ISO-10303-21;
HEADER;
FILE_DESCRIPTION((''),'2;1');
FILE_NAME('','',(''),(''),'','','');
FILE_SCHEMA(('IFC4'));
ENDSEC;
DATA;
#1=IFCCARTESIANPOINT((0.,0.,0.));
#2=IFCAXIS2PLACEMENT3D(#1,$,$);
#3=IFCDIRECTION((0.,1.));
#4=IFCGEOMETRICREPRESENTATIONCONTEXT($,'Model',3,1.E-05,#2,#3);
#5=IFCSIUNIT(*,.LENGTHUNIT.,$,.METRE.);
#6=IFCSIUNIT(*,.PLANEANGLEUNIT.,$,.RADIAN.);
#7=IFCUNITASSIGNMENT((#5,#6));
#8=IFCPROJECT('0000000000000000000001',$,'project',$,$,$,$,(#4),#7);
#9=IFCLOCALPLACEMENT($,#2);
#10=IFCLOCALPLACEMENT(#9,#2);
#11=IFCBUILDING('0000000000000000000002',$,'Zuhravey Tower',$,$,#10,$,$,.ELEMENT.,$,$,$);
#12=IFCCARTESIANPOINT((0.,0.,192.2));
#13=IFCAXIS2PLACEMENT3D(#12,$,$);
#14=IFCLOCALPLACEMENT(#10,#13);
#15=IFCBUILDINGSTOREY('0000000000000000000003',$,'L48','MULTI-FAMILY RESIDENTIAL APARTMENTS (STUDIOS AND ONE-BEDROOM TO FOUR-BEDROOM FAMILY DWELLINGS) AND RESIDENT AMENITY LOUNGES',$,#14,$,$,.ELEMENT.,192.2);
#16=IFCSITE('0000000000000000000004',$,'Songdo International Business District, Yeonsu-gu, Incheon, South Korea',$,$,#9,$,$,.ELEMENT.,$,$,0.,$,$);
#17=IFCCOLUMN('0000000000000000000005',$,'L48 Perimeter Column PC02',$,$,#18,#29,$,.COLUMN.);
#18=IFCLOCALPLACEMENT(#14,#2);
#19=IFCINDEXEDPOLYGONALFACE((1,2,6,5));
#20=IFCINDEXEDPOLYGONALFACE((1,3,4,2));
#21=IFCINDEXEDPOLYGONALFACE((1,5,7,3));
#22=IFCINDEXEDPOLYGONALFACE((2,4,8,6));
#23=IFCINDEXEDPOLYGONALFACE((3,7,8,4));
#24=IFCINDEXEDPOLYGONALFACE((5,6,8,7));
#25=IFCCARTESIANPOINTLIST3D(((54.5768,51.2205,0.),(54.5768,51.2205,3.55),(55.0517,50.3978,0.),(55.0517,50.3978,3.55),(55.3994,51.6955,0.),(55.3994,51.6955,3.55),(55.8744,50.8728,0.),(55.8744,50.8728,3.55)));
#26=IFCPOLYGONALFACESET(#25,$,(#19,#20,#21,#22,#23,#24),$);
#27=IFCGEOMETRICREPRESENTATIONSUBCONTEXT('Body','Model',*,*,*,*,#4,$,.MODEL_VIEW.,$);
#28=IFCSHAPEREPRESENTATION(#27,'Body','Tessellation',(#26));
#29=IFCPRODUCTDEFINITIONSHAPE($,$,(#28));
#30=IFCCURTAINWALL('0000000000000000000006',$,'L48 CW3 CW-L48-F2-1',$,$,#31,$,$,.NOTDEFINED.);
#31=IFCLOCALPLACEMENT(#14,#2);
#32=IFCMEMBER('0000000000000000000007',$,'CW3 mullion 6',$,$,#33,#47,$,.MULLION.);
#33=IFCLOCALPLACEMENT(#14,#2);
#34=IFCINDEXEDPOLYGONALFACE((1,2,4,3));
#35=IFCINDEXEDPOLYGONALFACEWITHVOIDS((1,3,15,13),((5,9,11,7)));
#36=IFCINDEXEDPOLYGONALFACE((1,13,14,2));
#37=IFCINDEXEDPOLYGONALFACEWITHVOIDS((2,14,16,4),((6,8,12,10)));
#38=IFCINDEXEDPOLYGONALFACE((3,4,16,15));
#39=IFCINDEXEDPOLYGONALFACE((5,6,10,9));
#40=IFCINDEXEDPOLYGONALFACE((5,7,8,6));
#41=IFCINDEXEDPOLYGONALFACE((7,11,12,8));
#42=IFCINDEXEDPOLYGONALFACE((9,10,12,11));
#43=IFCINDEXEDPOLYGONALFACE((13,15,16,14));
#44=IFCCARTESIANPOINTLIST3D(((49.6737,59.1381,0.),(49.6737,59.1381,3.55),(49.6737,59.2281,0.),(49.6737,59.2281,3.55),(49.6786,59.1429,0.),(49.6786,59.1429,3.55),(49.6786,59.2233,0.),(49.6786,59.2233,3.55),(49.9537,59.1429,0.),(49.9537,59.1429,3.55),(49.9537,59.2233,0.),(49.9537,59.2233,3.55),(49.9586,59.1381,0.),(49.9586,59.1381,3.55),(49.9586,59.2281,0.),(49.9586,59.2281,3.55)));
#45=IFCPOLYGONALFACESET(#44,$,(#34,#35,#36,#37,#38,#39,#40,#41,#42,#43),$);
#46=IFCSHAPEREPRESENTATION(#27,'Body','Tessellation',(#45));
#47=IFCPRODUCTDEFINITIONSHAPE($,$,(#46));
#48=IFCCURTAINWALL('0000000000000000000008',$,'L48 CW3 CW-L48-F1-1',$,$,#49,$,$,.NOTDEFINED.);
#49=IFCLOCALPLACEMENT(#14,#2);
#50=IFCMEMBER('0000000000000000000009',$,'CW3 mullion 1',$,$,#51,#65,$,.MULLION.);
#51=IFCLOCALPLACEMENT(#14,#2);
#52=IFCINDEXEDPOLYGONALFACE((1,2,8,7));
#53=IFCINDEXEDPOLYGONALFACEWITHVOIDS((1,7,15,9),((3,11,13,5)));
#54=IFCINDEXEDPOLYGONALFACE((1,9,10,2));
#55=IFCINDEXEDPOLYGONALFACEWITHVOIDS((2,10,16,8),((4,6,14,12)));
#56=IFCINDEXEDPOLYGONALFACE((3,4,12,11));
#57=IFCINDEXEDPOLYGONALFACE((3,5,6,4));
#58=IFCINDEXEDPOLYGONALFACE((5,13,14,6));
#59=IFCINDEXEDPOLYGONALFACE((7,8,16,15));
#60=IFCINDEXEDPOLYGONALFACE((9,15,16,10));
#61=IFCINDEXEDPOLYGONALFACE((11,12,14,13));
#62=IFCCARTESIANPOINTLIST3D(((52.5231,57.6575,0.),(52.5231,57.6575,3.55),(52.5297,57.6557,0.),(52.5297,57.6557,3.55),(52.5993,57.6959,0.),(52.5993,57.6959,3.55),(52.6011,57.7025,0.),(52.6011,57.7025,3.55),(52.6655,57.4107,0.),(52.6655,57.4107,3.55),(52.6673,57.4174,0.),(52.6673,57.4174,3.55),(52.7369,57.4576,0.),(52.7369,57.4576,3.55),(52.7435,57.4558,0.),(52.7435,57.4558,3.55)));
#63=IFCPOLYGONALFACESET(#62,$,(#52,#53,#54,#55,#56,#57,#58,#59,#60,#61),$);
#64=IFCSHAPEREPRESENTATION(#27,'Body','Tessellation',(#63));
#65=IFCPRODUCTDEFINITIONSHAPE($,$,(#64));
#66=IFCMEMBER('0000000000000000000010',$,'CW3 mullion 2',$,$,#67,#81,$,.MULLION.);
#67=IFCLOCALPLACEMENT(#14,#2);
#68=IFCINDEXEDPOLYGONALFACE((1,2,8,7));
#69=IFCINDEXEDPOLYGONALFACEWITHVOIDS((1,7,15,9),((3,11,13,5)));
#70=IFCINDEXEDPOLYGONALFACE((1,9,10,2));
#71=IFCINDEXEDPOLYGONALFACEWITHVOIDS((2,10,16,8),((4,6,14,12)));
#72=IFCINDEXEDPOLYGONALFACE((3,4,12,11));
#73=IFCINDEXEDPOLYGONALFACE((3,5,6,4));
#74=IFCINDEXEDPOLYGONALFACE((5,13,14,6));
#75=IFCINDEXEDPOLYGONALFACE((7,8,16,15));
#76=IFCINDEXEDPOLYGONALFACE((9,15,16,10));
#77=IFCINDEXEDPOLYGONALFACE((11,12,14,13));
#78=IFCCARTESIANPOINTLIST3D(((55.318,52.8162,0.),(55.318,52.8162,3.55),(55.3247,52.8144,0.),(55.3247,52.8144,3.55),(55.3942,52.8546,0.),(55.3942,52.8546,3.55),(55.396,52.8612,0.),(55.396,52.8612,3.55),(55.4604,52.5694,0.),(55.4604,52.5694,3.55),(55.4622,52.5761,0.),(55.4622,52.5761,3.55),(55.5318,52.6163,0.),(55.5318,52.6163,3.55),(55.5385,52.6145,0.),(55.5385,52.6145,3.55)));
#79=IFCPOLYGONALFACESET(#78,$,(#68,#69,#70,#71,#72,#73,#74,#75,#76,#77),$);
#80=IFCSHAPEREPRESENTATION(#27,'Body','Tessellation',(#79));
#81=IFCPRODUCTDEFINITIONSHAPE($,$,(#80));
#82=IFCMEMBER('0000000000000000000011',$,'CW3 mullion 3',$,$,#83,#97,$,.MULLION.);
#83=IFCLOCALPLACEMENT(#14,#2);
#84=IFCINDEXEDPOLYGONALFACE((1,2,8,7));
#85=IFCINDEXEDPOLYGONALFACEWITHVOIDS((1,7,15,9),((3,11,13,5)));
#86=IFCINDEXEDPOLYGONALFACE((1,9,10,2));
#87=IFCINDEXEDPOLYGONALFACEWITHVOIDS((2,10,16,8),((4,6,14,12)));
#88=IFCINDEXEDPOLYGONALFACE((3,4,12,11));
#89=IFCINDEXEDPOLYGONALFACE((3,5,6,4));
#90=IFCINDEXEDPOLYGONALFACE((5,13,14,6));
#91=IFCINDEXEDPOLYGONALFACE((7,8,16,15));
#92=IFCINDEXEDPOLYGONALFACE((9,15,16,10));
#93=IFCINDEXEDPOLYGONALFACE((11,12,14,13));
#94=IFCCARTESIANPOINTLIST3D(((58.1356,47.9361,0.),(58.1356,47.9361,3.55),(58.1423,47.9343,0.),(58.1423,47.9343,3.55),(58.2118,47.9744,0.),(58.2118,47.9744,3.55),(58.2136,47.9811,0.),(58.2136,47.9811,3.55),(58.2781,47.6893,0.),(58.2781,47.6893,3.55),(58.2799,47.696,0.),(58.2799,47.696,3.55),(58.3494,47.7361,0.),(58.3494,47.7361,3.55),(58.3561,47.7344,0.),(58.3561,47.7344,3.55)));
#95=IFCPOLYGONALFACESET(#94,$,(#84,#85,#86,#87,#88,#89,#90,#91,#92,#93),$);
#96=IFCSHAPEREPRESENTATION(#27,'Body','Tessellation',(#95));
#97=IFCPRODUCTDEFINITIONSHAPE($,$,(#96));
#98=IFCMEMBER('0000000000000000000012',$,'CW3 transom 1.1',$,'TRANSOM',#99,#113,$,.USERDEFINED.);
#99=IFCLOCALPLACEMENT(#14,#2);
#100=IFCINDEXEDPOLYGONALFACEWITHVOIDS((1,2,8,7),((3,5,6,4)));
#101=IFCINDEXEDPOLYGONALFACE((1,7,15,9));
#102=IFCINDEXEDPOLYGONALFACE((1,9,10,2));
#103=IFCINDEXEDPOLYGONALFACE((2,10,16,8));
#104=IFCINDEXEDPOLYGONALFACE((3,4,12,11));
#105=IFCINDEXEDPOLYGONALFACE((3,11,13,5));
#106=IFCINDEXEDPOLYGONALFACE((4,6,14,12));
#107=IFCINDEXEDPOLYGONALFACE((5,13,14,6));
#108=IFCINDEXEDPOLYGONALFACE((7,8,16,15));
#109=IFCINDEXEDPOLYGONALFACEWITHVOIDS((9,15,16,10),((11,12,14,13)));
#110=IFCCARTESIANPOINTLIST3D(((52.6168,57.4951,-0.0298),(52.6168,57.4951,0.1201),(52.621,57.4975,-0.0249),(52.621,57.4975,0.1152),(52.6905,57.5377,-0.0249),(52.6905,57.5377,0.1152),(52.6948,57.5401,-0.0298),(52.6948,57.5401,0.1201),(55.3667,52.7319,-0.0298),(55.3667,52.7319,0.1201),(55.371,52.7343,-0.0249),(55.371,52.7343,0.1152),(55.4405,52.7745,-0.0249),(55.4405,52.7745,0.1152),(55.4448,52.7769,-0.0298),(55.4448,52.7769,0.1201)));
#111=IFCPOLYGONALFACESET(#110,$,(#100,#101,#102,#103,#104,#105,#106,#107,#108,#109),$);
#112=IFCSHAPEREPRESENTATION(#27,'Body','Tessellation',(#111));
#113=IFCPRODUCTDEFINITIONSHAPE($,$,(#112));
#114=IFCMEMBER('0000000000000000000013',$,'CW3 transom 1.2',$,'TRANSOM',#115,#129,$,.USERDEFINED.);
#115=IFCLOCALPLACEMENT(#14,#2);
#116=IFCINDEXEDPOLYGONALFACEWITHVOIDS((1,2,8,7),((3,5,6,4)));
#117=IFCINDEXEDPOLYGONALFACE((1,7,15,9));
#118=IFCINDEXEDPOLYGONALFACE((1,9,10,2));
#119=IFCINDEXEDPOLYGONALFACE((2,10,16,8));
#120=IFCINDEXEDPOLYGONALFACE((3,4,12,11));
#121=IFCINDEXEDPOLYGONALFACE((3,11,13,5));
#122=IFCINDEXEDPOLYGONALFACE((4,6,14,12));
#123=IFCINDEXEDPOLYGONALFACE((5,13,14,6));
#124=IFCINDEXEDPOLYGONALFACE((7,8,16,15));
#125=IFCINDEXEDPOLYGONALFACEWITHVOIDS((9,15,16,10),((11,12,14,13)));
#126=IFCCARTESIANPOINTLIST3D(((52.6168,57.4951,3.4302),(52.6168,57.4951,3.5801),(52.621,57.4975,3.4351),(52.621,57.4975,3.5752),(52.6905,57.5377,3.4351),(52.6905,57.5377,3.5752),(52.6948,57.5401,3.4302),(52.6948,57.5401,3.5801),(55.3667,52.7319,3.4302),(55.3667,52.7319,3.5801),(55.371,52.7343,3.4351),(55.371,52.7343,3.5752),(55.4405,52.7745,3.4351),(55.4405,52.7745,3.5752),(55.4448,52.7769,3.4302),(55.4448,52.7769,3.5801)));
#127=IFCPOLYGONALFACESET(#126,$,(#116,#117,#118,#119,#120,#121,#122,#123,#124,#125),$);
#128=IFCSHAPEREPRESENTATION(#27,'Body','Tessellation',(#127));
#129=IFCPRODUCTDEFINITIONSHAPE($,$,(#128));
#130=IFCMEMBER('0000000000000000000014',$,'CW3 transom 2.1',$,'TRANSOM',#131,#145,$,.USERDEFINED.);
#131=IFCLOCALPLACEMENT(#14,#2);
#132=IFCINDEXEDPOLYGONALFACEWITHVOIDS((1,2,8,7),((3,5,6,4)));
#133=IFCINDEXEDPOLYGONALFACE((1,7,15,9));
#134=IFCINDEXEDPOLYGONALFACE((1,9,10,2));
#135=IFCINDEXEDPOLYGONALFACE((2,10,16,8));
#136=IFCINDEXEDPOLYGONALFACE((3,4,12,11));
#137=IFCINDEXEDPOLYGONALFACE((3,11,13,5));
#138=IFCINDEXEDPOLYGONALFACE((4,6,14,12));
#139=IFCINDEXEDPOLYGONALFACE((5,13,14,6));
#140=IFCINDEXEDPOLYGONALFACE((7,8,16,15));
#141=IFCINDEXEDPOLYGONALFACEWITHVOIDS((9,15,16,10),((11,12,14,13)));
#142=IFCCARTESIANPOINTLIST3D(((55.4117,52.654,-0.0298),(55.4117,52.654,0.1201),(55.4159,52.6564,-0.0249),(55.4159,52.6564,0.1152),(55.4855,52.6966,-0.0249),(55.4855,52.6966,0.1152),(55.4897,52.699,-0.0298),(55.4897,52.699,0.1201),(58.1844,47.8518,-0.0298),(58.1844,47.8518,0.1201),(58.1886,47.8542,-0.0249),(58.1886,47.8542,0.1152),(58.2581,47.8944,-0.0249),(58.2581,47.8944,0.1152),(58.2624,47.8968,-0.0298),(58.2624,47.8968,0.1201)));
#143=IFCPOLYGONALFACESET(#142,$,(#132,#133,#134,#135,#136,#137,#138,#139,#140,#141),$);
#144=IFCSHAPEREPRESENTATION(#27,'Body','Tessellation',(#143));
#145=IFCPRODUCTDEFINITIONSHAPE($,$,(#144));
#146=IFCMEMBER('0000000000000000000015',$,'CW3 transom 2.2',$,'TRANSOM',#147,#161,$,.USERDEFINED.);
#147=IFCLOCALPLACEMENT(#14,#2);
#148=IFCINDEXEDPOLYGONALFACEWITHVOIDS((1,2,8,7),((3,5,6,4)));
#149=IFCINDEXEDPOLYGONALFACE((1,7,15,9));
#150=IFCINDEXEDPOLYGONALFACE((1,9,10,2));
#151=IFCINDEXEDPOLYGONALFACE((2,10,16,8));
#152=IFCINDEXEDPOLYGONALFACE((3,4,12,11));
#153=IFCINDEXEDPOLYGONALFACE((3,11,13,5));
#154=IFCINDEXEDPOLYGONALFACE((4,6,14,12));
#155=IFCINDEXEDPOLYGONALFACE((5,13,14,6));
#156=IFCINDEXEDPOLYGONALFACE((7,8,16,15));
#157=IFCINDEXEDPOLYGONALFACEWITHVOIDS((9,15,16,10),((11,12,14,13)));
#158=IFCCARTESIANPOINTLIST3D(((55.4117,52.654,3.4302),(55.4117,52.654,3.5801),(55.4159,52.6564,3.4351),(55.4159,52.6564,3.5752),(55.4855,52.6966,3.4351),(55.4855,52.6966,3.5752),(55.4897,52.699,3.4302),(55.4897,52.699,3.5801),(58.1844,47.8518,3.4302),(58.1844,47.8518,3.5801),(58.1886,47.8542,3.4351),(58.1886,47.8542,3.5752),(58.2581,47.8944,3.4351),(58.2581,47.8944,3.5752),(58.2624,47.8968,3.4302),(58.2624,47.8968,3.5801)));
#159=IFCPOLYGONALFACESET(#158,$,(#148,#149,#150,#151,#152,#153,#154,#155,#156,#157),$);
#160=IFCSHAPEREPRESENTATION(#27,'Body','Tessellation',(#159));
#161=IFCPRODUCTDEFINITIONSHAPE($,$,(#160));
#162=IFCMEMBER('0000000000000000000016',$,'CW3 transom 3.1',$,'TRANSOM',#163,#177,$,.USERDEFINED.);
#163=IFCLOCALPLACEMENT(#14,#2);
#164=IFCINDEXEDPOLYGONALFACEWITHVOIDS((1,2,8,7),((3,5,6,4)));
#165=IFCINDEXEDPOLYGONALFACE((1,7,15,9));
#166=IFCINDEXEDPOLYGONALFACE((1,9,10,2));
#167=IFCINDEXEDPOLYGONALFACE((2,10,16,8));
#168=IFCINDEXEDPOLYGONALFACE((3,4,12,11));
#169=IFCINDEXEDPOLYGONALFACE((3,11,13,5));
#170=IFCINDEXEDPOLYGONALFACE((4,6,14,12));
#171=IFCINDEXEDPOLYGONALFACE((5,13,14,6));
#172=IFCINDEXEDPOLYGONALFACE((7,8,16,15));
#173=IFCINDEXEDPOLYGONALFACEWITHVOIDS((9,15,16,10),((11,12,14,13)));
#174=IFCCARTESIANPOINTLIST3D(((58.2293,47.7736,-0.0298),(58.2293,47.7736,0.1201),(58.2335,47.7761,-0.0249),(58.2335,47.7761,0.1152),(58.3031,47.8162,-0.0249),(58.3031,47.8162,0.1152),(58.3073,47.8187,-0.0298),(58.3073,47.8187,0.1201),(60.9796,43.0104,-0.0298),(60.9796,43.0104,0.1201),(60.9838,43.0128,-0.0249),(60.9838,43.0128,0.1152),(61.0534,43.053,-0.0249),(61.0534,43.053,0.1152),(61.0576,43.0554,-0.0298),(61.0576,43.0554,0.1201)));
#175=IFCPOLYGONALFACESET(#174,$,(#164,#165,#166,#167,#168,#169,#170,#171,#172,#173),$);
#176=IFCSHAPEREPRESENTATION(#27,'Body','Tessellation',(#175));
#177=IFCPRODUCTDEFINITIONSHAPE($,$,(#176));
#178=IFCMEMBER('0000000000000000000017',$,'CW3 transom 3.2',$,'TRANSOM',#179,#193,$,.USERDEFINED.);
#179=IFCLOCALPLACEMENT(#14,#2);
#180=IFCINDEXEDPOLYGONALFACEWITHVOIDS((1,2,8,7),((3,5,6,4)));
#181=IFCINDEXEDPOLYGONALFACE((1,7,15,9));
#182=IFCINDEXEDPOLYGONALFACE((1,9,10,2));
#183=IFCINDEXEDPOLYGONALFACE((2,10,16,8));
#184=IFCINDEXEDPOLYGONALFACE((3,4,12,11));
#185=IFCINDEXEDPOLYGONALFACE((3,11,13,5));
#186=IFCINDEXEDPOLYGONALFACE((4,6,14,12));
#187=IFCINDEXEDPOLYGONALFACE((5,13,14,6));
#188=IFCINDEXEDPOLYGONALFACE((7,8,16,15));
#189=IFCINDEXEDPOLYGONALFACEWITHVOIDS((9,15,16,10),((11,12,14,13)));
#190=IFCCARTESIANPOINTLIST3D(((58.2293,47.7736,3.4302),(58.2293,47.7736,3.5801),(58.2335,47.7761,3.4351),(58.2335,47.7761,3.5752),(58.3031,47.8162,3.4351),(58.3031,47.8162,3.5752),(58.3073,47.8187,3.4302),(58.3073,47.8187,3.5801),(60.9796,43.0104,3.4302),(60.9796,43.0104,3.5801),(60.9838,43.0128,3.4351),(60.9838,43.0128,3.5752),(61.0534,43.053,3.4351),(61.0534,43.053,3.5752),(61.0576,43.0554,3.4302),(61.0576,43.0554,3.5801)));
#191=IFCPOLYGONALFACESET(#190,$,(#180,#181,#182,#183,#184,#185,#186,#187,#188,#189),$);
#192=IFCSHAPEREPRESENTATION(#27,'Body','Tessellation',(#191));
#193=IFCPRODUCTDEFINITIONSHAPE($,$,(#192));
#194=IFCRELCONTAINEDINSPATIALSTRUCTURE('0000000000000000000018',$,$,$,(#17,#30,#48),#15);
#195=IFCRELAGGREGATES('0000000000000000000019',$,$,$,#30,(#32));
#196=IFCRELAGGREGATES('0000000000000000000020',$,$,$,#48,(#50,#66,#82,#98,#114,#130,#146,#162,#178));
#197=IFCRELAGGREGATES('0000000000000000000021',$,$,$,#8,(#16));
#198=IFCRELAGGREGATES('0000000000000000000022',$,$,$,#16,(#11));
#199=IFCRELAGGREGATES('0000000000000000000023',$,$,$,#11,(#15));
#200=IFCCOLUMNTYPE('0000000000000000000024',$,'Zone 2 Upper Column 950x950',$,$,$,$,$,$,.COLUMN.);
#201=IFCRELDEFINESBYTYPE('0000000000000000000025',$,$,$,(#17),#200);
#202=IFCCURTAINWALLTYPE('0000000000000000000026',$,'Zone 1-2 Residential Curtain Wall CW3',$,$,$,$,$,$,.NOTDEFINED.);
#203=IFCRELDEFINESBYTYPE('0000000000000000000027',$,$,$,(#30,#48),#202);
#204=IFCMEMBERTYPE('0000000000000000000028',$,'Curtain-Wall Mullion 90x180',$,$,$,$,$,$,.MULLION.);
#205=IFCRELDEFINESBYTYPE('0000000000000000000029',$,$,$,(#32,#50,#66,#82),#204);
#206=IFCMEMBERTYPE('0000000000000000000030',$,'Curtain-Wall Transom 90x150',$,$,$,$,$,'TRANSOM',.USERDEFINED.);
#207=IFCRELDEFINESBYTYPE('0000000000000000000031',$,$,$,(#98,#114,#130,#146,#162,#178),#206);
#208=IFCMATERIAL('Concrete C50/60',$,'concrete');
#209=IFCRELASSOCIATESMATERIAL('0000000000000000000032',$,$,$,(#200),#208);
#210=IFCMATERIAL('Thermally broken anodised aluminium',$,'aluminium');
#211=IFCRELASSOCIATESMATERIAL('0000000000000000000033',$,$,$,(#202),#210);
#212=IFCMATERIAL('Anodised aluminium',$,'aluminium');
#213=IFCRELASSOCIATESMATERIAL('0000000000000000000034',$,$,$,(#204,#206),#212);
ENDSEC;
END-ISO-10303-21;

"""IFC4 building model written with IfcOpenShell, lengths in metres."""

from ifc_helpers import new_model, si_unit, direction, frame, origin, origin_2d, place, context, subcontext, project, spatial, rectangle, hollow_rectangle, extrude, material, material_profile, profile_set, type_object, element, aggregate, save


model = new_model("IFC4")

# Units and contexts
model_context = context("Model", 3, precision=1e-05, world=origin(), true_north=direction((0.0, 1.0)))
body_context = subcontext(model_context, "Body", "Model", "MODEL_VIEW")
ifc_project = project(units=[si_unit("LENGTHUNIT", "METRE"), si_unit("PLANEANGLEUNIT", "RADIAN")], contexts=[model_context])

# Site, building, storey
site_placement = place(None, origin())
site = spatial("IfcSite", under=ifc_project, at=site_placement, Name="Songdo International Business District, Yeonsu-gu, Incheon, South Korea", CompositionType="ELEMENT", RefElevation=0.0)
building_placement = place(site_placement, origin())
building = spatial("IfcBuilding", under=site, at=building_placement, Name="Zuhravey Tower", CompositionType="ELEMENT")
storey_placement = place(building_placement, frame((0.0, 0.0, 192.2)))
storey = spatial("IfcBuildingStorey", under=building, at=storey_placement, Name="L48", Description="MULTI-FAMILY RESIDENTIAL APARTMENTS (STUDIOS AND ONE-BEDROOM TO FOUR-BEDROOM FAMILY DWELLINGS) AND RESIDENT AMENITY LOUNGES", CompositionType="ELEMENT", Elevation=192.2)

# Column
ifc_material_1 = material(Name="Concrete C50/60", Category="concrete")
ifc_material_profile_1 = material_profile(ifc_material_1, rectangle(XDim=0.95, YDim=0.95, at=origin_2d()), Name="RC-950x950")
ifc_profile_set_1 = profile_set([ifc_material_profile_1], Name="Concrete C50/60")
column_type = type_object("IfcColumnType", Name="Zone 2 Upper Column 950x950", PredefinedType="COLUMN", material=ifc_profile_set_1)
column_placement = place(storey_placement, frame((55.2256, 51.0466, 0.0), z_axis=(0.0, 0.0, 1.0), x_axis=(-0.5, 0.866025, 0.0)))
element("IfcColumn", 1, at=column_placement, inside=storey, type_object=column_type, Name="L48 Perimeter Column PC02", PredefinedType="COLUMN", context=body_context, shape_type="SweptSolid", body=[
    extrude(rectangle(XDim=0.95, YDim=0.95, at=origin_2d()), origin(), (0.0, 0.0, 1.0), 3.55),
])

# Curtain wall, member
ifc_material_2 = material(Name="Thermally broken anodised aluminium", Category="aluminium")
curtain_wall_type = type_object("IfcCurtainWallType", Name="Zone 1-2 Residential Curtain Wall CW3", PredefinedType="NOTDEFINED", material=ifc_material_2)
curtain_wall_1_placement = place(storey_placement, origin())
curtain_wall_1 = element("IfcCurtainWall", 2, at=curtain_wall_1_placement, inside=storey, type_object=curtain_wall_type, Name="L48 CW3 CW-L48-F2-1", PredefinedType="NOTDEFINED")
ifc_material_3 = material(Name="Anodised aluminium", Category="aluminium")
ifc_material_profile_2 = material_profile(ifc_material_3, hollow_rectangle(XDim=0.0901, YDim=0.2849, WallThickness=0.0049, at=origin_2d()), Name="ALU-RHS-90x285x5")
ifc_profile_set_2 = profile_set([ifc_material_profile_2], Name="Anodised aluminium")
member_type_1 = type_object("IfcMemberType", Name="Curtain-Wall Mullion 90x180", PredefinedType="MULLION", material=ifc_profile_set_2)
member_1_placement = place(storey_placement, frame((49.8162, 59.1831, 0.0), z_axis=(0.0, 0.0, 1.0), x_axis=(0.0, 1.0, 0.0)))
member_1 = element("IfcMember", 3, at=member_1_placement, type_object=member_type_1, Name="CW3 mullion 6", PredefinedType="MULLION", context=body_context, shape_type="SweptSolid", body=[
    extrude(hollow_rectangle(XDim=0.0901, YDim=0.2849, WallThickness=0.0049, at=origin_2d()), origin(), (0.0, 0.0, 1.0), 3.55),
])
aggregate(curtain_wall_1, [member_1])

# Curtain wall, members
curtain_wall_2_placement = place(storey_placement, origin())
curtain_wall_2 = element("IfcCurtainWall", 4, at=curtain_wall_2_placement, inside=storey, type_object=curtain_wall_type, Name="L48 CW3 CW-L48-F1-1", PredefinedType="NOTDEFINED")
member_2_placement = place(storey_placement, frame((52.6333, 57.5566, 0.0), z_axis=(0.0, 0.0, 1.0), x_axis=(0.866024, 0.500002, 0.0)))
member_2 = element("IfcMember", 5, at=member_2_placement, type_object=member_type_1, Name="CW3 mullion 1", PredefinedType="MULLION", context=body_context, shape_type="SweptSolid", body=[
    extrude(hollow_rectangle(XDim=0.0901, YDim=0.2849, WallThickness=0.0049, at=origin_2d()), origin(), (0.0, 0.0, 1.0), 3.55),
])
member_3_placement = place(storey_placement, frame((55.4282, 52.7153, 0.0), z_axis=(0.0, 0.0, 1.0), x_axis=(0.866024, 0.500002, 0.0)))
member_3 = element("IfcMember", 6, at=member_3_placement, type_object=member_type_1, Name="CW3 mullion 2", PredefinedType="MULLION", context=body_context, shape_type="SweptSolid", body=[
    extrude(hollow_rectangle(XDim=0.0901, YDim=0.2849, WallThickness=0.0049, at=origin_2d()), origin(), (0.0, 0.0, 1.0), 3.55),
])
member_4_placement = place(storey_placement, frame((58.2458, 47.8352, 0.0), z_axis=(0.0, 0.0, 1.0), x_axis=(0.866024, 0.500002, 0.0)))
member_4 = element("IfcMember", 7, at=member_4_placement, type_object=member_type_1, Name="CW3 mullion 3", PredefinedType="MULLION", context=body_context, shape_type="SweptSolid", body=[
    extrude(hollow_rectangle(XDim=0.0901, YDim=0.2849, WallThickness=0.0049, at=origin_2d()), origin(), (0.0, 0.0, 1.0), 3.55),
])
ifc_material_profile_3 = material_profile(ifc_material_3, hollow_rectangle(XDim=0.0901, YDim=0.1499, WallThickness=0.0049, at=origin_2d()), Name="ALU-RHS-90x150x5")
ifc_profile_set_3 = profile_set([ifc_material_profile_3], Name="Anodised aluminium")
member_type_2 = type_object("IfcMemberType", Name="Curtain-Wall Transom 90x150", ElementType="TRANSOM", PredefinedType="USERDEFINED", material=ifc_profile_set_3)
member_5_placement = place(storey_placement, frame((52.6558, 57.5176, 0.0452), z_axis=(0.499997, -0.866027, 0.0), x_axis=(0.866027, 0.499997, 0.0)))
member_5 = element("IfcMember", 8, at=member_5_placement, type_object=member_type_2, Name="CW3 transom 1.1", ObjectType="TRANSOM", PredefinedType="USERDEFINED", context=body_context, shape_type="SweptSolid", body=[
    extrude(hollow_rectangle(XDim=0.0901, YDim=0.1499, WallThickness=0.0049, at=origin_2d()), origin(), (0.0, 0.0, 1.0), 5.5),
])
member_6_placement = place(storey_placement, frame((52.6558, 57.5176, 3.5051), z_axis=(0.499997, -0.866027, 0.0), x_axis=(0.866027, 0.499997, 0.0)))
member_6 = element("IfcMember", 9, at=member_6_placement, type_object=member_type_2, Name="CW3 transom 1.2", ObjectType="TRANSOM", PredefinedType="USERDEFINED", context=body_context, shape_type="SweptSolid", body=[
    extrude(hollow_rectangle(XDim=0.0901, YDim=0.1499, WallThickness=0.0049, at=origin_2d()), origin(), (0.0, 0.0, 1.0), 5.5),
])
member_7_placement = place(storey_placement, frame((55.4507, 52.6765, 0.0452), z_axis=(0.500017, -0.866015, 0.0), x_axis=(0.866015, 0.500017, 0.0)))
member_7 = element("IfcMember", 10, at=member_7_placement, type_object=member_type_2, Name="CW3 transom 2.1", ObjectType="TRANSOM", PredefinedType="USERDEFINED", context=body_context, shape_type="SweptSolid", body=[
    extrude(hollow_rectangle(XDim=0.0901, YDim=0.1499, WallThickness=0.0049, at=origin_2d()), origin(), (0.0, 0.0, 1.0), 5.5452),
])
member_8_placement = place(storey_placement, frame((55.4507, 52.6765, 3.5051), z_axis=(0.500017, -0.866015, 0.0), x_axis=(0.866015, 0.500017, 0.0)))
member_8 = element("IfcMember", 11, at=member_8_placement, type_object=member_type_2, Name="CW3 transom 2.2", ObjectType="TRANSOM", PredefinedType="USERDEFINED", context=body_context, shape_type="SweptSolid", body=[
    extrude(hollow_rectangle(XDim=0.0901, YDim=0.1499, WallThickness=0.0049, at=origin_2d()), origin(), (0.0, 0.0, 1.0), 5.5452),
])
member_9_placement = place(storey_placement, frame((58.2683, 47.7961, 0.0452), z_axis=(0.50003, -0.866008, 0.0), x_axis=(0.866008, 0.50003, 0.0)))
member_9 = element("IfcMember", 12, at=member_9_placement, type_object=member_type_2, Name="CW3 transom 3.1", ObjectType="TRANSOM", PredefinedType="USERDEFINED", context=body_context, shape_type="SweptSolid", body=[
    extrude(hollow_rectangle(XDim=0.0901, YDim=0.1499, WallThickness=0.0049, at=origin_2d()), origin(), (0.0, 0.0, 1.0), 5.5002),
])
member_10_placement = place(storey_placement, frame((58.2683, 47.7961, 3.5051), z_axis=(0.50003, -0.866008, 0.0), x_axis=(0.866008, 0.50003, 0.0)))
member_10 = element("IfcMember", 13, at=member_10_placement, type_object=member_type_2, Name="CW3 transom 3.2", ObjectType="TRANSOM", PredefinedType="USERDEFINED", context=body_context, shape_type="SweptSolid", body=[
    extrude(hollow_rectangle(XDim=0.0901, YDim=0.1499, WallThickness=0.0049, at=origin_2d()), origin(), (0.0, 0.0, 1.0), 5.5002),
])

aggregate(curtain_wall_2, [member_2, member_3, member_4, member_5, member_6, member_7, member_8, member_9, member_10])

save(model, "model.ifc")
